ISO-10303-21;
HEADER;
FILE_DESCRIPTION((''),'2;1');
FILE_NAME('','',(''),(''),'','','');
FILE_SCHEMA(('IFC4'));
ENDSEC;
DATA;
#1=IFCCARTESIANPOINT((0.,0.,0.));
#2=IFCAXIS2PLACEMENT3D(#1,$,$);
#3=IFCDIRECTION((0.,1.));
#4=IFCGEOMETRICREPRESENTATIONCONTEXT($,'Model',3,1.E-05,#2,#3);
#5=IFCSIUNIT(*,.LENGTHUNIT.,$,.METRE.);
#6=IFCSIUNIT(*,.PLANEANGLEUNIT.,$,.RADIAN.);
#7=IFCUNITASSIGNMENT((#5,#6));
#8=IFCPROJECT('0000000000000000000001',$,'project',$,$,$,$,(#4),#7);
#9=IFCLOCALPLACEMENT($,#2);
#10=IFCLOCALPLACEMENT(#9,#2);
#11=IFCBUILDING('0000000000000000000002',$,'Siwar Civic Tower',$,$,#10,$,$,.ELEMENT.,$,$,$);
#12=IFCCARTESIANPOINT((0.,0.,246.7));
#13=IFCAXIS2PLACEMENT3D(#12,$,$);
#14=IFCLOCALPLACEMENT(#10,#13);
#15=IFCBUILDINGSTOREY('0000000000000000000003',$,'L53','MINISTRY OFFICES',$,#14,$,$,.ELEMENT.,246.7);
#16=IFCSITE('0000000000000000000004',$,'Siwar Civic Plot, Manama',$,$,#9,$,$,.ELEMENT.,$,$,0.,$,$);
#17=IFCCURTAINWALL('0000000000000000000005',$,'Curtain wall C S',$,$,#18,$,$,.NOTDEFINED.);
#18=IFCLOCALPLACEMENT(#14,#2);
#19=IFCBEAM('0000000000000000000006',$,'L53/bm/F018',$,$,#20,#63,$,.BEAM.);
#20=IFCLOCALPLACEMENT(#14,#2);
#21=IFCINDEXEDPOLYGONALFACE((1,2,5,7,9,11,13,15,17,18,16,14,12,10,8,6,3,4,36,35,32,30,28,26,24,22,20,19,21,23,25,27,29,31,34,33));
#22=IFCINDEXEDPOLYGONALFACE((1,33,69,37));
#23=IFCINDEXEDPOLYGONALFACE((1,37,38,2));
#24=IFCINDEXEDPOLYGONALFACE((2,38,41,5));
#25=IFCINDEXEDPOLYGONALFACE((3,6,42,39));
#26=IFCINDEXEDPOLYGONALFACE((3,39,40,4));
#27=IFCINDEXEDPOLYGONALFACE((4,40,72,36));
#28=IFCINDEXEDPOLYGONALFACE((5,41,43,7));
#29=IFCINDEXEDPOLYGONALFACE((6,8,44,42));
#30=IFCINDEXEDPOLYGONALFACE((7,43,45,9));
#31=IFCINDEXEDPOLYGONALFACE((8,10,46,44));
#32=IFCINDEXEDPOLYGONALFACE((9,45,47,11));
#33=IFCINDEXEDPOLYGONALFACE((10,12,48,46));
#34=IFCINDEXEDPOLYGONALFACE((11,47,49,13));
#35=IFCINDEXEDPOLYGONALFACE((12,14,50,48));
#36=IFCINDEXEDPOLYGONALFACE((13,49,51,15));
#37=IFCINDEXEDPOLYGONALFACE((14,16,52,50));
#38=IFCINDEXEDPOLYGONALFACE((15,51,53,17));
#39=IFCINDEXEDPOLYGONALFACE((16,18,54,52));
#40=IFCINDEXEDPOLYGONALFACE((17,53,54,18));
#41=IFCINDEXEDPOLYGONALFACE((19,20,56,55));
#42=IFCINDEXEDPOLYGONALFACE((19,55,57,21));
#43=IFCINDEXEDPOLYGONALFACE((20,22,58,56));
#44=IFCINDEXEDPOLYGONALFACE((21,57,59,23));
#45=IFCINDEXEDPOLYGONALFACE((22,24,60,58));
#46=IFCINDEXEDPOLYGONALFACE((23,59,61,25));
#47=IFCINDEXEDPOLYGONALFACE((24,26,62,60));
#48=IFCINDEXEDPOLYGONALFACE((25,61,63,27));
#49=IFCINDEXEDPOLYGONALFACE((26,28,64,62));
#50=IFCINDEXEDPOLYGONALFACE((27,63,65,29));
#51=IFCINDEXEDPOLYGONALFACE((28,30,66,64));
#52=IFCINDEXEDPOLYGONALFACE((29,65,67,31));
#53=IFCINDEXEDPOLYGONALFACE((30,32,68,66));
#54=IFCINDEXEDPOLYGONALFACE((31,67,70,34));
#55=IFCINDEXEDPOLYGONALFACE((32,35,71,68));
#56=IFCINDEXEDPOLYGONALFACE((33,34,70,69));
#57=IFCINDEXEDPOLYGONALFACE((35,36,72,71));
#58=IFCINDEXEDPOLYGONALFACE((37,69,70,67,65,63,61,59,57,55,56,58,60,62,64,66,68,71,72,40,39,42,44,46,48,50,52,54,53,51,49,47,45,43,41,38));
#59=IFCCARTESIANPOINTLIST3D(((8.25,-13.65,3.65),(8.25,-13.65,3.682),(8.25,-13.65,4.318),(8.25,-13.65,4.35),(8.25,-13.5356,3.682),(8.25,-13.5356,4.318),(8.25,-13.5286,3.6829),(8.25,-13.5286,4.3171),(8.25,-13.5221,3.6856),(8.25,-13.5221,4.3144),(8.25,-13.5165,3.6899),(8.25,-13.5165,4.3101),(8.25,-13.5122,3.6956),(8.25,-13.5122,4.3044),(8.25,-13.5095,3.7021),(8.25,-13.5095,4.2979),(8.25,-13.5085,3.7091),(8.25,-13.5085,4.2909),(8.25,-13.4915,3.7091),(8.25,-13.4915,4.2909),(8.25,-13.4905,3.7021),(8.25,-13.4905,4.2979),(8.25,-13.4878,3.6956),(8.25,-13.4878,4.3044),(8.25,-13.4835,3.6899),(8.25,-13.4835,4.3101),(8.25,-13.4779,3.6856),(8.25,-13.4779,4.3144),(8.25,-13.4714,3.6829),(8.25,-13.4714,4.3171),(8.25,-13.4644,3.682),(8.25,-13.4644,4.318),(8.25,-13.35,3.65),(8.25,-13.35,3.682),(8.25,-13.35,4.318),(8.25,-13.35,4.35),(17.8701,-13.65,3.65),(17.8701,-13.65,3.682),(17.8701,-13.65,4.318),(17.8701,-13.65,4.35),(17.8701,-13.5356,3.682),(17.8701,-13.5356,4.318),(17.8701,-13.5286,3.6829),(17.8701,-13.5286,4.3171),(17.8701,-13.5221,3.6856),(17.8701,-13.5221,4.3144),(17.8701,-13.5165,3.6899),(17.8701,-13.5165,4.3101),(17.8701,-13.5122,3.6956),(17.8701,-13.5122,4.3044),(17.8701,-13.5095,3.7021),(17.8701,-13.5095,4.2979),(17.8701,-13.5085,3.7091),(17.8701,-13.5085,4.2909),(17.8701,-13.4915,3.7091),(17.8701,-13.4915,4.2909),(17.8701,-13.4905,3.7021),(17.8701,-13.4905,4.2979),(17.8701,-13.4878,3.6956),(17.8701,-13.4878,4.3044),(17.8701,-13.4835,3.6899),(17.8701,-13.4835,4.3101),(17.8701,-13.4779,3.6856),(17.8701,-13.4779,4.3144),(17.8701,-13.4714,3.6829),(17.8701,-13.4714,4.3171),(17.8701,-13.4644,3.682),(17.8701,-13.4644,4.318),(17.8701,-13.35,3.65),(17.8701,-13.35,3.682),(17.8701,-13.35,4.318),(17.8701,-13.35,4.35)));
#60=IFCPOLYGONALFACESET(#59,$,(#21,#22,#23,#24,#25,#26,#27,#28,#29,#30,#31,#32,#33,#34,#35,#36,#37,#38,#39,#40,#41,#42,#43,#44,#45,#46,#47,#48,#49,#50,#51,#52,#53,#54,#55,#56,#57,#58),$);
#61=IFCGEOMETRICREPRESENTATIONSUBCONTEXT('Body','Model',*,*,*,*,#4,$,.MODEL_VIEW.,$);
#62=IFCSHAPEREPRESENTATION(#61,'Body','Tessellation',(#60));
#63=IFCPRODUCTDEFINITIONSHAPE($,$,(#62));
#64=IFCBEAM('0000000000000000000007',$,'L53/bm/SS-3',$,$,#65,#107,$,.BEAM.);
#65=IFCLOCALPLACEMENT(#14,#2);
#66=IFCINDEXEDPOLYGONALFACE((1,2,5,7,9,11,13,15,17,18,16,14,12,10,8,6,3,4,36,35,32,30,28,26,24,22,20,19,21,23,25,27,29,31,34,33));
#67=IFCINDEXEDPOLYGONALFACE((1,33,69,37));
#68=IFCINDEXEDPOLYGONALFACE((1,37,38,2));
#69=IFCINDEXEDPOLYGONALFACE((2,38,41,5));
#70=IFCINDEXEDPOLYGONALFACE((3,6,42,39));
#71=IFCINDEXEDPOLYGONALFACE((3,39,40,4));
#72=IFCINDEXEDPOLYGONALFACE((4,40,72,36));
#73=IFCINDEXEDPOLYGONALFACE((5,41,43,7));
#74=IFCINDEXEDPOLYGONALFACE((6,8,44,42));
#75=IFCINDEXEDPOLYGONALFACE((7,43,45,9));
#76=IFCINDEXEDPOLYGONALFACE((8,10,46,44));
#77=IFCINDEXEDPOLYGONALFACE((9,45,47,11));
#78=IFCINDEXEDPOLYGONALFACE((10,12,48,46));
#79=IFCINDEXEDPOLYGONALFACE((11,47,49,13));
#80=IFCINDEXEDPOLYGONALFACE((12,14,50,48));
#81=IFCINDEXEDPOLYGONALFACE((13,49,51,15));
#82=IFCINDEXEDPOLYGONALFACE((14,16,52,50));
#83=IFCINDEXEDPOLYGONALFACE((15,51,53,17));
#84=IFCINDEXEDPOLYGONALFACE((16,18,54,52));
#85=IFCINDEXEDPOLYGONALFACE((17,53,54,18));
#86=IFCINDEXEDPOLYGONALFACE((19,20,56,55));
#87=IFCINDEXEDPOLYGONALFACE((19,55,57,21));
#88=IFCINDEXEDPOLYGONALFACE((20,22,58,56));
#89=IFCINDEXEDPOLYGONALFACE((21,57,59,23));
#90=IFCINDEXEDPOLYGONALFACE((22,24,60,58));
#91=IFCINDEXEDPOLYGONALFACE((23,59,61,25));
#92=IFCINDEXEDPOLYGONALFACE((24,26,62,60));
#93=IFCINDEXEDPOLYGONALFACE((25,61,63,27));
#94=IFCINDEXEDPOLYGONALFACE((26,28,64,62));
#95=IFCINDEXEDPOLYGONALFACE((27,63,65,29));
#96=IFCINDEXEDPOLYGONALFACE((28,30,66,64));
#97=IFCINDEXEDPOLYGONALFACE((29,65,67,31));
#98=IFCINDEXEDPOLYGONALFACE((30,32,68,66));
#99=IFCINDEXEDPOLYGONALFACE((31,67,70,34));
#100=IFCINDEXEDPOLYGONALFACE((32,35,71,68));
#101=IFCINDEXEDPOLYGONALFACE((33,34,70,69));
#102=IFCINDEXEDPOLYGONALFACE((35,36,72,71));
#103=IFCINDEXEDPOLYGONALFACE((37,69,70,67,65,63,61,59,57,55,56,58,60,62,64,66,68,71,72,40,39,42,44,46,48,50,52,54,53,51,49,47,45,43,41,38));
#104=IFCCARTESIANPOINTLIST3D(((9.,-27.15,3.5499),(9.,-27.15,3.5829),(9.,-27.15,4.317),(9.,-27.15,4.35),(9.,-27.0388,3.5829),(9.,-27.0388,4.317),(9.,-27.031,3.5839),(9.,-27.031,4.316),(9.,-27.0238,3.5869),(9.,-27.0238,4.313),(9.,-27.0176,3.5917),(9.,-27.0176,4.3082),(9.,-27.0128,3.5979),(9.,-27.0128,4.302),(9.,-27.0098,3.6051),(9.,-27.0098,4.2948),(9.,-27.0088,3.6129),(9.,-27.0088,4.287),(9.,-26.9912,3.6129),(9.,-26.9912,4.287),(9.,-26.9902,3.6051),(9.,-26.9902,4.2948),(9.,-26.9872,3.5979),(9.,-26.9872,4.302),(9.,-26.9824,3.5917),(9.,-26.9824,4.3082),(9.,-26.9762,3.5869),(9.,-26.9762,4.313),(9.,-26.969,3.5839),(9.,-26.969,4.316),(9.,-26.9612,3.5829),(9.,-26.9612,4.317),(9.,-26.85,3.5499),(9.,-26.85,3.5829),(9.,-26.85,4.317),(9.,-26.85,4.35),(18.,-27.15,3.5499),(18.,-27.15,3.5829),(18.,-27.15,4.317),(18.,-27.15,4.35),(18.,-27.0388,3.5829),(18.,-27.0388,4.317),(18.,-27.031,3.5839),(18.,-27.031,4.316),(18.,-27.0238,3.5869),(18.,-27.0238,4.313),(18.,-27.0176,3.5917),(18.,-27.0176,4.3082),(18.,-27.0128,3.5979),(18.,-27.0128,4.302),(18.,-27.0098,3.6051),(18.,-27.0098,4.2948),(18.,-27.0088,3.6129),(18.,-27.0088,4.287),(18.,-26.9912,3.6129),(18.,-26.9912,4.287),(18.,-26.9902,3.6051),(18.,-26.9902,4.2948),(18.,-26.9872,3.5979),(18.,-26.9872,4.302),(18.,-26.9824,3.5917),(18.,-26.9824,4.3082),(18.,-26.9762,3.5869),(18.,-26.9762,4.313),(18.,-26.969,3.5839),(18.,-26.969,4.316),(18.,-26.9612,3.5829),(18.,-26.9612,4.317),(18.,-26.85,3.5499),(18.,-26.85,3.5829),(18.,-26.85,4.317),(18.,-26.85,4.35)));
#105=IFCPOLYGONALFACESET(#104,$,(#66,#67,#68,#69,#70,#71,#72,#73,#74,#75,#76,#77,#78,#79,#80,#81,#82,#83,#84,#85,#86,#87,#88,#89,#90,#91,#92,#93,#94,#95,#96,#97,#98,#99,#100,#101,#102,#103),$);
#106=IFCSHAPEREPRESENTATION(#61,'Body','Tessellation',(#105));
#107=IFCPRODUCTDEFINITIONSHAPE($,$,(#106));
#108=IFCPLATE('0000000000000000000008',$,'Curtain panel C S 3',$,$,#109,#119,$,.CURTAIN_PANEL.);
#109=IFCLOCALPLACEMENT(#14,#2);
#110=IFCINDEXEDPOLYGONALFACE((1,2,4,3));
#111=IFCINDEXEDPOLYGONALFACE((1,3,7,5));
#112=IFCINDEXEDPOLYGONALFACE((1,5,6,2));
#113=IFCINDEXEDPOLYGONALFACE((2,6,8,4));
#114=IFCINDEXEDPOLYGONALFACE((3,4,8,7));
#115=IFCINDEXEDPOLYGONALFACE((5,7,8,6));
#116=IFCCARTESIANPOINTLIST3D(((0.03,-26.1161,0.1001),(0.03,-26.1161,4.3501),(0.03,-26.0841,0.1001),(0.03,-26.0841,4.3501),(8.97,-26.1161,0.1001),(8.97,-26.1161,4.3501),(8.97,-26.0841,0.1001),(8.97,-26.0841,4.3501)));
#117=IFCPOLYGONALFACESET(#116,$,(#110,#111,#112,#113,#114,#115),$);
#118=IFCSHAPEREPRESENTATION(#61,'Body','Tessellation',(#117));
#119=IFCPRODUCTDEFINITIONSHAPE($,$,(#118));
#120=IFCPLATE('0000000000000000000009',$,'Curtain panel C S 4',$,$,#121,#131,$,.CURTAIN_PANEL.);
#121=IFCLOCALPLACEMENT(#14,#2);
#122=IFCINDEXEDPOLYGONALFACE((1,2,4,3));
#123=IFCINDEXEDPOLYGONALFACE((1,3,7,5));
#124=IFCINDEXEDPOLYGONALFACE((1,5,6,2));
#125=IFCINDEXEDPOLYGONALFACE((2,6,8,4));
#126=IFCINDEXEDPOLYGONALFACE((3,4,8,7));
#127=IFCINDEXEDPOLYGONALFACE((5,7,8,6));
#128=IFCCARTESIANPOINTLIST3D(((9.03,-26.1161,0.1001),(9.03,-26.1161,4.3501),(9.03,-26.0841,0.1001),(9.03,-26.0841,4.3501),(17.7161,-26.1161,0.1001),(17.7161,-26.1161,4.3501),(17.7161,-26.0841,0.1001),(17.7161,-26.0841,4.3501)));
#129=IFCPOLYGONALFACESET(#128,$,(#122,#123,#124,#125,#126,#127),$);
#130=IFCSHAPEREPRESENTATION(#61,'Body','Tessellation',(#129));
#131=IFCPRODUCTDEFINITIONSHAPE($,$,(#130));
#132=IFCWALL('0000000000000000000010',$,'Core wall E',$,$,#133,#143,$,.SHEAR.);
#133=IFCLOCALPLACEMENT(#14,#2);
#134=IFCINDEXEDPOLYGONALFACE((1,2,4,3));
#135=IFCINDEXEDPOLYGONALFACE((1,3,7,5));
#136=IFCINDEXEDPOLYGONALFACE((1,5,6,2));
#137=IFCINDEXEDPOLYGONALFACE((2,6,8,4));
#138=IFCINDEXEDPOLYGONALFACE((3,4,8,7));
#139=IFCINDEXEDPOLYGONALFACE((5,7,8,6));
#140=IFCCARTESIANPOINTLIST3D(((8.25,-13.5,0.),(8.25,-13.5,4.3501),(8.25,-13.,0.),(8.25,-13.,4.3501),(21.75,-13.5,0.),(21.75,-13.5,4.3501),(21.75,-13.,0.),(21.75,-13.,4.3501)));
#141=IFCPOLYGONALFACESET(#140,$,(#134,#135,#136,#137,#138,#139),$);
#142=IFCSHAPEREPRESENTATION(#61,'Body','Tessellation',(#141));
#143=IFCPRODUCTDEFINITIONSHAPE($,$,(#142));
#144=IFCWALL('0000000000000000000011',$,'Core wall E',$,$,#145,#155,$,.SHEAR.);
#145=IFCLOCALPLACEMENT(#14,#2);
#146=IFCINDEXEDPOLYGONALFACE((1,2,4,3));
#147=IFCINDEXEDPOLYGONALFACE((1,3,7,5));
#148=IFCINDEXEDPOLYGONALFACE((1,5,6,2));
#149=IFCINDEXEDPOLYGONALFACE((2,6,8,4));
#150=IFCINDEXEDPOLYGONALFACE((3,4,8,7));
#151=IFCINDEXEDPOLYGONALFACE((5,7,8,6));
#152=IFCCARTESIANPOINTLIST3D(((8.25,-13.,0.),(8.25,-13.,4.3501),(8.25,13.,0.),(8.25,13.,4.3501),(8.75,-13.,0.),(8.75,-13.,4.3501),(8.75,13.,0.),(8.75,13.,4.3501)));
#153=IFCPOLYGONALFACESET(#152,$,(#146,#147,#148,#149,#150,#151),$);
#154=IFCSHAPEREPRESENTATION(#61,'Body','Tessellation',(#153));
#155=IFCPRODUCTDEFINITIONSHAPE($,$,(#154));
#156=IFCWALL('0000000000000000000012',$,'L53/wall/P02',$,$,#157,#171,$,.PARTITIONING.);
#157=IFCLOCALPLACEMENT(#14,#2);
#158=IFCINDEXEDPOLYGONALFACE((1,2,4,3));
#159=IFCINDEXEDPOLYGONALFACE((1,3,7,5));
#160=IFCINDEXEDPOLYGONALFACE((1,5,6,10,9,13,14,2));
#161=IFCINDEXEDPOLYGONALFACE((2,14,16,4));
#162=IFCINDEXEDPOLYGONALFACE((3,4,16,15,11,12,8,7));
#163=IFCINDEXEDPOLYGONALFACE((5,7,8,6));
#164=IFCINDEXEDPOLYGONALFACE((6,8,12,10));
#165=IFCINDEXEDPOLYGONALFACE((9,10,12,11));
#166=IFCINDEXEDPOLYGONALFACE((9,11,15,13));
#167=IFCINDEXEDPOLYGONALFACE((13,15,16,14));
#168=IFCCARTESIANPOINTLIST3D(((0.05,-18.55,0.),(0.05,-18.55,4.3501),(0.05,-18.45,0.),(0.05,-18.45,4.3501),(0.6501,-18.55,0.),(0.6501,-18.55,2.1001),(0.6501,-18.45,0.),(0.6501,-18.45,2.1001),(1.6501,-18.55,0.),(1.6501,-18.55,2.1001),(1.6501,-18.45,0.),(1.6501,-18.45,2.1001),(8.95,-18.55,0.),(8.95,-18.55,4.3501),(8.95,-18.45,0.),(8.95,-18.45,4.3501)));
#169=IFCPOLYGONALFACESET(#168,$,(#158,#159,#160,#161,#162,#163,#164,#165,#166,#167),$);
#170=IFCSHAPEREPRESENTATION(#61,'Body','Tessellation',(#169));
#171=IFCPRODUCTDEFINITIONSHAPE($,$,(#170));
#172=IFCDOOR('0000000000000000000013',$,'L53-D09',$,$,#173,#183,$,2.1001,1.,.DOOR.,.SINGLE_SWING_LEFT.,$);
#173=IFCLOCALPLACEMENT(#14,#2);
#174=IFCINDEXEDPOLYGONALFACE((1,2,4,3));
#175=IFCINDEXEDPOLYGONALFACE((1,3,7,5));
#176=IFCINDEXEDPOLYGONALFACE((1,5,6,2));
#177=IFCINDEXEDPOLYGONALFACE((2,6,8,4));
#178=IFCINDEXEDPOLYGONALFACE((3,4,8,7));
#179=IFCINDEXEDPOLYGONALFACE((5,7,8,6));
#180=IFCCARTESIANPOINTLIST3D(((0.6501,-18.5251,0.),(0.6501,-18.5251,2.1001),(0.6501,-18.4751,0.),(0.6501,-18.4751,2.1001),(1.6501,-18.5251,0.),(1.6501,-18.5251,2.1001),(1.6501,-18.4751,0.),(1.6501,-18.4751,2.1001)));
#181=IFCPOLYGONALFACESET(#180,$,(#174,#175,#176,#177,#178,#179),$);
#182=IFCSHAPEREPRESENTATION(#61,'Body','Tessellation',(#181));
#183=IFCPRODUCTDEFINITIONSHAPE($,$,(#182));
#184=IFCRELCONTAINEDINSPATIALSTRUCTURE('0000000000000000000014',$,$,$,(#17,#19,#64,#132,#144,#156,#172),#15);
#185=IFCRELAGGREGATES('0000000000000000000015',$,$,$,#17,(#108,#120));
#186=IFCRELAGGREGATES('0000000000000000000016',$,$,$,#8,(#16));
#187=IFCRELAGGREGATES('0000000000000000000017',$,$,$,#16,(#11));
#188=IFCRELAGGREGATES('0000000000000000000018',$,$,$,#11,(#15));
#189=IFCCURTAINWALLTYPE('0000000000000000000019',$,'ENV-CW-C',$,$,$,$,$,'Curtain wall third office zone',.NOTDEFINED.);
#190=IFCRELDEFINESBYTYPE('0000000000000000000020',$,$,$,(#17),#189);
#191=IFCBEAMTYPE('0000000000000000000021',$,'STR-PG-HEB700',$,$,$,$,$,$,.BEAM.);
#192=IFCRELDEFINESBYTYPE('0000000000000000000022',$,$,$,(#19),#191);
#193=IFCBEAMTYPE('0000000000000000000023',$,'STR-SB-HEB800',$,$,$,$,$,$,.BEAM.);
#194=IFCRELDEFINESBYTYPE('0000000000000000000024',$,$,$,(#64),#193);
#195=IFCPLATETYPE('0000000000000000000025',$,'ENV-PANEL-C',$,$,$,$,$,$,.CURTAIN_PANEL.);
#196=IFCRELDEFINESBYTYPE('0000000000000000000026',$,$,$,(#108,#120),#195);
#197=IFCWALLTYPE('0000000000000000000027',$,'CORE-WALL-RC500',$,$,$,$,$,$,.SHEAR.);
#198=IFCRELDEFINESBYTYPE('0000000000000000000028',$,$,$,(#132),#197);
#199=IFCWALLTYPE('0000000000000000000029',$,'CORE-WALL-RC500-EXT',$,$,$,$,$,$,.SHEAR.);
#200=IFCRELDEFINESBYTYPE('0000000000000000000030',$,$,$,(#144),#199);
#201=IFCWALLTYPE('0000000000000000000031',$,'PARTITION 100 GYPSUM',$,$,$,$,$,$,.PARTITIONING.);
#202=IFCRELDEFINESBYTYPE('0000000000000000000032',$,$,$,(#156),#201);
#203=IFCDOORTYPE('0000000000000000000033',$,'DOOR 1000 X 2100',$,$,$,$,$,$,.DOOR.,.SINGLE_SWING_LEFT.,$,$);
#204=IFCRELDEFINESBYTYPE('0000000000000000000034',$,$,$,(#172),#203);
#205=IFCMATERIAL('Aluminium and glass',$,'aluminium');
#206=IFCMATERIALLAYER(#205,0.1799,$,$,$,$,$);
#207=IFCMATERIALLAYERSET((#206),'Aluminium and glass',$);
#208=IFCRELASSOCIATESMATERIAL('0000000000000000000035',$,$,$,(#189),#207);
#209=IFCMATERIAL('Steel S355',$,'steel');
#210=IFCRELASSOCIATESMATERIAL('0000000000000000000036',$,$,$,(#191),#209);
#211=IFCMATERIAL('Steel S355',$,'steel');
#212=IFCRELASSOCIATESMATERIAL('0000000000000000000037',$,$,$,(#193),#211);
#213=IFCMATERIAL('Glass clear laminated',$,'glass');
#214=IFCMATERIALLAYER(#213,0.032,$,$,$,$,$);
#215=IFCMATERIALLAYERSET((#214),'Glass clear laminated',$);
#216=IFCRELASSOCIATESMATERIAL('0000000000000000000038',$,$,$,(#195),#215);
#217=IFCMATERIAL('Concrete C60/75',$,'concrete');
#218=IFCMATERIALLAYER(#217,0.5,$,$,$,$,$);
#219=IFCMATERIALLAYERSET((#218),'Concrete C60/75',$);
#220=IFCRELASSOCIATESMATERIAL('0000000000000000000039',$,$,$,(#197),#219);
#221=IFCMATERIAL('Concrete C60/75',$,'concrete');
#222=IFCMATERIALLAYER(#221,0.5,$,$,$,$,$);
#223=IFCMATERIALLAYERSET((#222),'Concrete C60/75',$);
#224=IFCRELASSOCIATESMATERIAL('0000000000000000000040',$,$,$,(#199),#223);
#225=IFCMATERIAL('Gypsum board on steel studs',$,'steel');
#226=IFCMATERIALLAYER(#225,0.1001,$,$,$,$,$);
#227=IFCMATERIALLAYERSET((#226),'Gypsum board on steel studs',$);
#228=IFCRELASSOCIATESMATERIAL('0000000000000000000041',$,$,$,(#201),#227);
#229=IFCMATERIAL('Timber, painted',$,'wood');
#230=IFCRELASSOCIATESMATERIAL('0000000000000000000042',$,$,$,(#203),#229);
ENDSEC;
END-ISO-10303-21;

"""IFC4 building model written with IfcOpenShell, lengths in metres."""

from ifc_helpers import new_model, si_unit, direction, frame, frame_2d, origin, origin_2d, place, context, subcontext, project, spatial, rectangle, i_section, extrude, material, layer, layer_set, material_profile, profile_set, type_object, element, fill, aggregate, save


model = new_model("IFC4")

# Units and contexts
model_context = context("Model", 3, precision=1e-05, world=origin(), true_north=direction((0.0, 1.0)))
body_context = subcontext(model_context, "Body", "Model", "MODEL_VIEW")
ifc_project = project(units=[si_unit("LENGTHUNIT", "METRE"), si_unit("PLANEANGLEUNIT", "RADIAN")], contexts=[model_context])

# Site, building, storey
site_placement = place(None, origin())
site = spatial("IfcSite", under=ifc_project, at=site_placement, Name="Siwar Civic Plot, Manama", CompositionType="ELEMENT", RefElevation=0.0)
building_placement = place(site_placement, origin())
building = spatial("IfcBuilding", under=site, at=building_placement, Name="Siwar Civic Tower", CompositionType="ELEMENT")
storey_placement = place(building_placement, frame((0.0, 0.0, 246.7)))
storey = spatial("IfcBuildingStorey", under=building, at=storey_placement, Name="L53", Description="MINISTRY OFFICES", CompositionType="ELEMENT", Elevation=246.7)

# Curtain wall
ifc_material_1 = material(Name="Aluminium and glass", Category="aluminium")
ifc_layer_1 = layer(ifc_material_1, 0.1799)
ifc_layer_set_1 = layer_set([ifc_layer_1], Name="Aluminium and glass")
curtain_wall_type = type_object("IfcCurtainWallType", Name="ENV-CW-C", ElementType="Curtain wall third office zone", PredefinedType="NOTDEFINED", material=ifc_layer_set_1)
curtain_wall_placement = place(storey_placement, origin())
curtain_wall = element("IfcCurtainWall", 1, at=curtain_wall_placement, inside=storey, type_object=curtain_wall_type, Name="Curtain wall C S", PredefinedType="NOTDEFINED")

# Beams
ifc_material_2 = material(Name="Steel S355", Category="steel")
ifc_material_profile_1 = material_profile(ifc_material_2, i_section(OverallWidth=0.3, OverallDepth=0.7, WebThickness=0.0171, FlangeThickness=0.032, FilletRadius=0.0271, at=origin_2d()), Name="HEB700")
ifc_profile_set_1 = profile_set([ifc_material_profile_1], Name="Steel S355")
beam_type_1 = type_object("IfcBeamType", Name="STR-PG-HEB700", PredefinedType="BEAM", material=ifc_profile_set_1)
beam_1_placement = place(storey_placement, frame((8.25, -13.5, 4.0), z_axis=(1.0, 0.0, 0.0), x_axis=(0.0, 1.0, 0.0)))
element("IfcBeam", 2, at=beam_1_placement, inside=storey, type_object=beam_type_1, Name="L53/bm/F018", PredefinedType="BEAM", context=body_context, shape_type="SweptSolid", body=[
    extrude(i_section(OverallWidth=0.3, OverallDepth=0.7, WebThickness=0.0171, FlangeThickness=0.032, FilletRadius=0.0271, at=origin_2d()), origin(), (0.0, 0.0, 1.0), 9.6201),
])
ifc_material_3 = material(Name="Steel S355", Category="steel")
ifc_material_profile_2 = material_profile(ifc_material_3, i_section(OverallWidth=0.3, OverallDepth=0.8, WebThickness=0.0176, FlangeThickness=0.033, FilletRadius=0.03, at=origin_2d()), Name="HEB800")
ifc_profile_set_2 = profile_set([ifc_material_profile_2], Name="Steel S355")
beam_type_2 = type_object("IfcBeamType", Name="STR-SB-HEB800", PredefinedType="BEAM", material=ifc_profile_set_2)
beam_2_placement = place(storey_placement, frame((9.0, -27.0, 3.95), z_axis=(1.0, 0.0, 0.0), x_axis=(0.0, 1.0, 0.0)))
element("IfcBeam", 3, at=beam_2_placement, inside=storey, type_object=beam_type_2, Name="L53/bm/SS-3", PredefinedType="BEAM", context=body_context, shape_type="SweptSolid", body=[
    extrude(i_section(OverallWidth=0.3, OverallDepth=0.8, WebThickness=0.0176, FlangeThickness=0.033, FilletRadius=0.03, at=origin_2d()), origin(), (0.0, 0.0, 1.0), 9.0),
])

# Plates
ifc_material_4 = material(Name="Glass clear laminated", Category="glass")
ifc_layer_2 = layer(ifc_material_4, 0.032)
ifc_layer_set_2 = layer_set([ifc_layer_2], Name="Glass clear laminated")
plate_type = type_object("IfcPlateType", Name="ENV-PANEL-C", PredefinedType="CURTAIN_PANEL", material=ifc_layer_set_2)
plate_1_placement = place(storey_placement, frame((4.5, -26.1001, 0.1001), z_axis=(0.0, 0.0, 1.0), x_axis=(1.0, 0.0, 0.0)))
plate_1 = element("IfcPlate", 4, at=plate_1_placement, type_object=plate_type, Name="Curtain panel C S 3", PredefinedType="CURTAIN_PANEL", context=body_context, shape_type="SweptSolid", body=[
    extrude(rectangle(XDim=8.9399, YDim=0.032, at=origin_2d()), origin(), (0.0, 0.0, 1.0), 4.25),
])
plate_2_placement = place(storey_placement, frame((13.373, -26.1001, 0.1001), z_axis=(0.0, 0.0, 1.0), x_axis=(1.0, 0.0, 0.0)))
plate_2 = element("IfcPlate", 5, at=plate_2_placement, type_object=plate_type, Name="Curtain panel C S 4", PredefinedType="CURTAIN_PANEL", context=body_context, shape_type="SweptSolid", body=[
    extrude(rectangle(XDim=8.686, YDim=0.032, at=origin_2d()), origin(), (0.0, 0.0, 1.0), 4.25),
])
aggregate(curtain_wall, [plate_1, plate_2])

# Walls
ifc_material_5 = material(Name="Concrete C60/75", Category="concrete")
ifc_layer_3 = layer(ifc_material_5, 0.5)
ifc_layer_set_3 = layer_set([ifc_layer_3], Name="Concrete C60/75")
wall_type_1 = type_object("IfcWallType", Name="CORE-WALL-RC500", PredefinedType="SHEAR", material=ifc_layer_set_3)
wall_1_placement = place(storey_placement, frame((8.25, -13.25, 0.0), z_axis=(0.0, 0.0, 1.0), x_axis=(1.0, 0.0, 0.0)))
element("IfcWall", 6, at=wall_1_placement, inside=storey, type_object=wall_type_1, Name="Core wall E", PredefinedType="SHEAR", context=body_context, shape_type="SweptSolid", body=[
    extrude(rectangle(XDim=13.5, YDim=0.5, at=frame_2d((6.75, 0.0))), origin(), (0.0, 0.0, 1.0), 4.3501),
])
ifc_material_6 = material(Name="Concrete C60/75", Category="concrete")
ifc_layer_4 = layer(ifc_material_6, 0.5)
ifc_layer_set_4 = layer_set([ifc_layer_4], Name="Concrete C60/75")
wall_type_2 = type_object("IfcWallType", Name="CORE-WALL-RC500-EXT", PredefinedType="SHEAR", material=ifc_layer_set_4)
wall_2_placement = place(storey_placement, frame((8.5, -13.0, 0.0), z_axis=(0.0, 0.0, 1.0), x_axis=(0.0, 1.0, 0.0)))
element("IfcWall", 7, at=wall_2_placement, inside=storey, type_object=wall_type_2, Name="Core wall E", PredefinedType="SHEAR", context=body_context, shape_type="SweptSolid", body=[
    extrude(rectangle(XDim=26.0, YDim=0.5, at=frame_2d((13.0, 0.0))), origin(), (0.0, 0.0, 1.0), 4.3501),
])

# Wall, opening, door
ifc_material_7 = material(Name="Gypsum board on steel studs", Category="steel")
ifc_layer_5 = layer(ifc_material_7, 0.1001)
ifc_layer_set_5 = layer_set([ifc_layer_5], Name="Gypsum board on steel studs")
wall_type_3 = type_object("IfcWallType", Name="PARTITION 100 GYPSUM", PredefinedType="PARTITIONING", material=ifc_layer_set_5)
wall_3_placement = place(storey_placement, frame((0.05, -18.5, 0.0), z_axis=(0.0, 0.0, 1.0), x_axis=(1.0, 0.0, 0.0)))
wall_3 = element("IfcWall", 8, at=wall_3_placement, inside=storey, type_object=wall_type_3, Name="L53/wall/P02", PredefinedType="PARTITIONING", context=body_context, shape_type="SweptSolid", body=[
    extrude(rectangle(XDim=8.8999, YDim=0.1001, at=frame_2d((4.45, 0.0))), origin(), (0.0, 0.0, 1.0), 4.3501),
])
opening_placement = place(wall_3_placement, frame((0.6001, 0.0, 0.0)))
opening = element("IfcOpeningElement", 9, at=opening_placement, cuts=wall_3, PredefinedType="OPENING", context=body_context, shape_type="SweptSolid", body=[
    extrude(rectangle(XDim=1.0, YDim=2.1001, at=frame_2d((0.5, 1.05))), frame((0.0, 0.0601, 0.0), z_axis=(0.0, -1.0, 0.0), x_axis=(1.0, 0.0, 0.0)), (0.0, 0.0, 1.0), 0.1201),
])
ifc_material_8 = material(Name="Timber, painted", Category="wood")
door_type = type_object("IfcDoorType", Name="DOOR 1000 X 2100", OperationType="SINGLE_SWING_LEFT", PredefinedType="DOOR", material=ifc_material_8)
door_placement = place(opening_placement, origin())
door = element("IfcDoor", 10, at=door_placement, inside=storey, type_object=door_type, Name="L53-D09", OperationType="SINGLE_SWING_LEFT", OverallHeight=2.1001, OverallWidth=1.0, PredefinedType="DOOR", context=body_context, shape_type="SweptSolid", body=[
    extrude(rectangle(XDim=1.0, YDim=2.1001, at=frame_2d((0.5, 1.05))), frame((0.0, 0.0249, 0.0), z_axis=(0.0, -1.0, 0.0), x_axis=(1.0, 0.0, 0.0)), (0.0, 0.0, 1.0), 0.05),
])
fill(opening, door)

save(model, "model.ifc")
